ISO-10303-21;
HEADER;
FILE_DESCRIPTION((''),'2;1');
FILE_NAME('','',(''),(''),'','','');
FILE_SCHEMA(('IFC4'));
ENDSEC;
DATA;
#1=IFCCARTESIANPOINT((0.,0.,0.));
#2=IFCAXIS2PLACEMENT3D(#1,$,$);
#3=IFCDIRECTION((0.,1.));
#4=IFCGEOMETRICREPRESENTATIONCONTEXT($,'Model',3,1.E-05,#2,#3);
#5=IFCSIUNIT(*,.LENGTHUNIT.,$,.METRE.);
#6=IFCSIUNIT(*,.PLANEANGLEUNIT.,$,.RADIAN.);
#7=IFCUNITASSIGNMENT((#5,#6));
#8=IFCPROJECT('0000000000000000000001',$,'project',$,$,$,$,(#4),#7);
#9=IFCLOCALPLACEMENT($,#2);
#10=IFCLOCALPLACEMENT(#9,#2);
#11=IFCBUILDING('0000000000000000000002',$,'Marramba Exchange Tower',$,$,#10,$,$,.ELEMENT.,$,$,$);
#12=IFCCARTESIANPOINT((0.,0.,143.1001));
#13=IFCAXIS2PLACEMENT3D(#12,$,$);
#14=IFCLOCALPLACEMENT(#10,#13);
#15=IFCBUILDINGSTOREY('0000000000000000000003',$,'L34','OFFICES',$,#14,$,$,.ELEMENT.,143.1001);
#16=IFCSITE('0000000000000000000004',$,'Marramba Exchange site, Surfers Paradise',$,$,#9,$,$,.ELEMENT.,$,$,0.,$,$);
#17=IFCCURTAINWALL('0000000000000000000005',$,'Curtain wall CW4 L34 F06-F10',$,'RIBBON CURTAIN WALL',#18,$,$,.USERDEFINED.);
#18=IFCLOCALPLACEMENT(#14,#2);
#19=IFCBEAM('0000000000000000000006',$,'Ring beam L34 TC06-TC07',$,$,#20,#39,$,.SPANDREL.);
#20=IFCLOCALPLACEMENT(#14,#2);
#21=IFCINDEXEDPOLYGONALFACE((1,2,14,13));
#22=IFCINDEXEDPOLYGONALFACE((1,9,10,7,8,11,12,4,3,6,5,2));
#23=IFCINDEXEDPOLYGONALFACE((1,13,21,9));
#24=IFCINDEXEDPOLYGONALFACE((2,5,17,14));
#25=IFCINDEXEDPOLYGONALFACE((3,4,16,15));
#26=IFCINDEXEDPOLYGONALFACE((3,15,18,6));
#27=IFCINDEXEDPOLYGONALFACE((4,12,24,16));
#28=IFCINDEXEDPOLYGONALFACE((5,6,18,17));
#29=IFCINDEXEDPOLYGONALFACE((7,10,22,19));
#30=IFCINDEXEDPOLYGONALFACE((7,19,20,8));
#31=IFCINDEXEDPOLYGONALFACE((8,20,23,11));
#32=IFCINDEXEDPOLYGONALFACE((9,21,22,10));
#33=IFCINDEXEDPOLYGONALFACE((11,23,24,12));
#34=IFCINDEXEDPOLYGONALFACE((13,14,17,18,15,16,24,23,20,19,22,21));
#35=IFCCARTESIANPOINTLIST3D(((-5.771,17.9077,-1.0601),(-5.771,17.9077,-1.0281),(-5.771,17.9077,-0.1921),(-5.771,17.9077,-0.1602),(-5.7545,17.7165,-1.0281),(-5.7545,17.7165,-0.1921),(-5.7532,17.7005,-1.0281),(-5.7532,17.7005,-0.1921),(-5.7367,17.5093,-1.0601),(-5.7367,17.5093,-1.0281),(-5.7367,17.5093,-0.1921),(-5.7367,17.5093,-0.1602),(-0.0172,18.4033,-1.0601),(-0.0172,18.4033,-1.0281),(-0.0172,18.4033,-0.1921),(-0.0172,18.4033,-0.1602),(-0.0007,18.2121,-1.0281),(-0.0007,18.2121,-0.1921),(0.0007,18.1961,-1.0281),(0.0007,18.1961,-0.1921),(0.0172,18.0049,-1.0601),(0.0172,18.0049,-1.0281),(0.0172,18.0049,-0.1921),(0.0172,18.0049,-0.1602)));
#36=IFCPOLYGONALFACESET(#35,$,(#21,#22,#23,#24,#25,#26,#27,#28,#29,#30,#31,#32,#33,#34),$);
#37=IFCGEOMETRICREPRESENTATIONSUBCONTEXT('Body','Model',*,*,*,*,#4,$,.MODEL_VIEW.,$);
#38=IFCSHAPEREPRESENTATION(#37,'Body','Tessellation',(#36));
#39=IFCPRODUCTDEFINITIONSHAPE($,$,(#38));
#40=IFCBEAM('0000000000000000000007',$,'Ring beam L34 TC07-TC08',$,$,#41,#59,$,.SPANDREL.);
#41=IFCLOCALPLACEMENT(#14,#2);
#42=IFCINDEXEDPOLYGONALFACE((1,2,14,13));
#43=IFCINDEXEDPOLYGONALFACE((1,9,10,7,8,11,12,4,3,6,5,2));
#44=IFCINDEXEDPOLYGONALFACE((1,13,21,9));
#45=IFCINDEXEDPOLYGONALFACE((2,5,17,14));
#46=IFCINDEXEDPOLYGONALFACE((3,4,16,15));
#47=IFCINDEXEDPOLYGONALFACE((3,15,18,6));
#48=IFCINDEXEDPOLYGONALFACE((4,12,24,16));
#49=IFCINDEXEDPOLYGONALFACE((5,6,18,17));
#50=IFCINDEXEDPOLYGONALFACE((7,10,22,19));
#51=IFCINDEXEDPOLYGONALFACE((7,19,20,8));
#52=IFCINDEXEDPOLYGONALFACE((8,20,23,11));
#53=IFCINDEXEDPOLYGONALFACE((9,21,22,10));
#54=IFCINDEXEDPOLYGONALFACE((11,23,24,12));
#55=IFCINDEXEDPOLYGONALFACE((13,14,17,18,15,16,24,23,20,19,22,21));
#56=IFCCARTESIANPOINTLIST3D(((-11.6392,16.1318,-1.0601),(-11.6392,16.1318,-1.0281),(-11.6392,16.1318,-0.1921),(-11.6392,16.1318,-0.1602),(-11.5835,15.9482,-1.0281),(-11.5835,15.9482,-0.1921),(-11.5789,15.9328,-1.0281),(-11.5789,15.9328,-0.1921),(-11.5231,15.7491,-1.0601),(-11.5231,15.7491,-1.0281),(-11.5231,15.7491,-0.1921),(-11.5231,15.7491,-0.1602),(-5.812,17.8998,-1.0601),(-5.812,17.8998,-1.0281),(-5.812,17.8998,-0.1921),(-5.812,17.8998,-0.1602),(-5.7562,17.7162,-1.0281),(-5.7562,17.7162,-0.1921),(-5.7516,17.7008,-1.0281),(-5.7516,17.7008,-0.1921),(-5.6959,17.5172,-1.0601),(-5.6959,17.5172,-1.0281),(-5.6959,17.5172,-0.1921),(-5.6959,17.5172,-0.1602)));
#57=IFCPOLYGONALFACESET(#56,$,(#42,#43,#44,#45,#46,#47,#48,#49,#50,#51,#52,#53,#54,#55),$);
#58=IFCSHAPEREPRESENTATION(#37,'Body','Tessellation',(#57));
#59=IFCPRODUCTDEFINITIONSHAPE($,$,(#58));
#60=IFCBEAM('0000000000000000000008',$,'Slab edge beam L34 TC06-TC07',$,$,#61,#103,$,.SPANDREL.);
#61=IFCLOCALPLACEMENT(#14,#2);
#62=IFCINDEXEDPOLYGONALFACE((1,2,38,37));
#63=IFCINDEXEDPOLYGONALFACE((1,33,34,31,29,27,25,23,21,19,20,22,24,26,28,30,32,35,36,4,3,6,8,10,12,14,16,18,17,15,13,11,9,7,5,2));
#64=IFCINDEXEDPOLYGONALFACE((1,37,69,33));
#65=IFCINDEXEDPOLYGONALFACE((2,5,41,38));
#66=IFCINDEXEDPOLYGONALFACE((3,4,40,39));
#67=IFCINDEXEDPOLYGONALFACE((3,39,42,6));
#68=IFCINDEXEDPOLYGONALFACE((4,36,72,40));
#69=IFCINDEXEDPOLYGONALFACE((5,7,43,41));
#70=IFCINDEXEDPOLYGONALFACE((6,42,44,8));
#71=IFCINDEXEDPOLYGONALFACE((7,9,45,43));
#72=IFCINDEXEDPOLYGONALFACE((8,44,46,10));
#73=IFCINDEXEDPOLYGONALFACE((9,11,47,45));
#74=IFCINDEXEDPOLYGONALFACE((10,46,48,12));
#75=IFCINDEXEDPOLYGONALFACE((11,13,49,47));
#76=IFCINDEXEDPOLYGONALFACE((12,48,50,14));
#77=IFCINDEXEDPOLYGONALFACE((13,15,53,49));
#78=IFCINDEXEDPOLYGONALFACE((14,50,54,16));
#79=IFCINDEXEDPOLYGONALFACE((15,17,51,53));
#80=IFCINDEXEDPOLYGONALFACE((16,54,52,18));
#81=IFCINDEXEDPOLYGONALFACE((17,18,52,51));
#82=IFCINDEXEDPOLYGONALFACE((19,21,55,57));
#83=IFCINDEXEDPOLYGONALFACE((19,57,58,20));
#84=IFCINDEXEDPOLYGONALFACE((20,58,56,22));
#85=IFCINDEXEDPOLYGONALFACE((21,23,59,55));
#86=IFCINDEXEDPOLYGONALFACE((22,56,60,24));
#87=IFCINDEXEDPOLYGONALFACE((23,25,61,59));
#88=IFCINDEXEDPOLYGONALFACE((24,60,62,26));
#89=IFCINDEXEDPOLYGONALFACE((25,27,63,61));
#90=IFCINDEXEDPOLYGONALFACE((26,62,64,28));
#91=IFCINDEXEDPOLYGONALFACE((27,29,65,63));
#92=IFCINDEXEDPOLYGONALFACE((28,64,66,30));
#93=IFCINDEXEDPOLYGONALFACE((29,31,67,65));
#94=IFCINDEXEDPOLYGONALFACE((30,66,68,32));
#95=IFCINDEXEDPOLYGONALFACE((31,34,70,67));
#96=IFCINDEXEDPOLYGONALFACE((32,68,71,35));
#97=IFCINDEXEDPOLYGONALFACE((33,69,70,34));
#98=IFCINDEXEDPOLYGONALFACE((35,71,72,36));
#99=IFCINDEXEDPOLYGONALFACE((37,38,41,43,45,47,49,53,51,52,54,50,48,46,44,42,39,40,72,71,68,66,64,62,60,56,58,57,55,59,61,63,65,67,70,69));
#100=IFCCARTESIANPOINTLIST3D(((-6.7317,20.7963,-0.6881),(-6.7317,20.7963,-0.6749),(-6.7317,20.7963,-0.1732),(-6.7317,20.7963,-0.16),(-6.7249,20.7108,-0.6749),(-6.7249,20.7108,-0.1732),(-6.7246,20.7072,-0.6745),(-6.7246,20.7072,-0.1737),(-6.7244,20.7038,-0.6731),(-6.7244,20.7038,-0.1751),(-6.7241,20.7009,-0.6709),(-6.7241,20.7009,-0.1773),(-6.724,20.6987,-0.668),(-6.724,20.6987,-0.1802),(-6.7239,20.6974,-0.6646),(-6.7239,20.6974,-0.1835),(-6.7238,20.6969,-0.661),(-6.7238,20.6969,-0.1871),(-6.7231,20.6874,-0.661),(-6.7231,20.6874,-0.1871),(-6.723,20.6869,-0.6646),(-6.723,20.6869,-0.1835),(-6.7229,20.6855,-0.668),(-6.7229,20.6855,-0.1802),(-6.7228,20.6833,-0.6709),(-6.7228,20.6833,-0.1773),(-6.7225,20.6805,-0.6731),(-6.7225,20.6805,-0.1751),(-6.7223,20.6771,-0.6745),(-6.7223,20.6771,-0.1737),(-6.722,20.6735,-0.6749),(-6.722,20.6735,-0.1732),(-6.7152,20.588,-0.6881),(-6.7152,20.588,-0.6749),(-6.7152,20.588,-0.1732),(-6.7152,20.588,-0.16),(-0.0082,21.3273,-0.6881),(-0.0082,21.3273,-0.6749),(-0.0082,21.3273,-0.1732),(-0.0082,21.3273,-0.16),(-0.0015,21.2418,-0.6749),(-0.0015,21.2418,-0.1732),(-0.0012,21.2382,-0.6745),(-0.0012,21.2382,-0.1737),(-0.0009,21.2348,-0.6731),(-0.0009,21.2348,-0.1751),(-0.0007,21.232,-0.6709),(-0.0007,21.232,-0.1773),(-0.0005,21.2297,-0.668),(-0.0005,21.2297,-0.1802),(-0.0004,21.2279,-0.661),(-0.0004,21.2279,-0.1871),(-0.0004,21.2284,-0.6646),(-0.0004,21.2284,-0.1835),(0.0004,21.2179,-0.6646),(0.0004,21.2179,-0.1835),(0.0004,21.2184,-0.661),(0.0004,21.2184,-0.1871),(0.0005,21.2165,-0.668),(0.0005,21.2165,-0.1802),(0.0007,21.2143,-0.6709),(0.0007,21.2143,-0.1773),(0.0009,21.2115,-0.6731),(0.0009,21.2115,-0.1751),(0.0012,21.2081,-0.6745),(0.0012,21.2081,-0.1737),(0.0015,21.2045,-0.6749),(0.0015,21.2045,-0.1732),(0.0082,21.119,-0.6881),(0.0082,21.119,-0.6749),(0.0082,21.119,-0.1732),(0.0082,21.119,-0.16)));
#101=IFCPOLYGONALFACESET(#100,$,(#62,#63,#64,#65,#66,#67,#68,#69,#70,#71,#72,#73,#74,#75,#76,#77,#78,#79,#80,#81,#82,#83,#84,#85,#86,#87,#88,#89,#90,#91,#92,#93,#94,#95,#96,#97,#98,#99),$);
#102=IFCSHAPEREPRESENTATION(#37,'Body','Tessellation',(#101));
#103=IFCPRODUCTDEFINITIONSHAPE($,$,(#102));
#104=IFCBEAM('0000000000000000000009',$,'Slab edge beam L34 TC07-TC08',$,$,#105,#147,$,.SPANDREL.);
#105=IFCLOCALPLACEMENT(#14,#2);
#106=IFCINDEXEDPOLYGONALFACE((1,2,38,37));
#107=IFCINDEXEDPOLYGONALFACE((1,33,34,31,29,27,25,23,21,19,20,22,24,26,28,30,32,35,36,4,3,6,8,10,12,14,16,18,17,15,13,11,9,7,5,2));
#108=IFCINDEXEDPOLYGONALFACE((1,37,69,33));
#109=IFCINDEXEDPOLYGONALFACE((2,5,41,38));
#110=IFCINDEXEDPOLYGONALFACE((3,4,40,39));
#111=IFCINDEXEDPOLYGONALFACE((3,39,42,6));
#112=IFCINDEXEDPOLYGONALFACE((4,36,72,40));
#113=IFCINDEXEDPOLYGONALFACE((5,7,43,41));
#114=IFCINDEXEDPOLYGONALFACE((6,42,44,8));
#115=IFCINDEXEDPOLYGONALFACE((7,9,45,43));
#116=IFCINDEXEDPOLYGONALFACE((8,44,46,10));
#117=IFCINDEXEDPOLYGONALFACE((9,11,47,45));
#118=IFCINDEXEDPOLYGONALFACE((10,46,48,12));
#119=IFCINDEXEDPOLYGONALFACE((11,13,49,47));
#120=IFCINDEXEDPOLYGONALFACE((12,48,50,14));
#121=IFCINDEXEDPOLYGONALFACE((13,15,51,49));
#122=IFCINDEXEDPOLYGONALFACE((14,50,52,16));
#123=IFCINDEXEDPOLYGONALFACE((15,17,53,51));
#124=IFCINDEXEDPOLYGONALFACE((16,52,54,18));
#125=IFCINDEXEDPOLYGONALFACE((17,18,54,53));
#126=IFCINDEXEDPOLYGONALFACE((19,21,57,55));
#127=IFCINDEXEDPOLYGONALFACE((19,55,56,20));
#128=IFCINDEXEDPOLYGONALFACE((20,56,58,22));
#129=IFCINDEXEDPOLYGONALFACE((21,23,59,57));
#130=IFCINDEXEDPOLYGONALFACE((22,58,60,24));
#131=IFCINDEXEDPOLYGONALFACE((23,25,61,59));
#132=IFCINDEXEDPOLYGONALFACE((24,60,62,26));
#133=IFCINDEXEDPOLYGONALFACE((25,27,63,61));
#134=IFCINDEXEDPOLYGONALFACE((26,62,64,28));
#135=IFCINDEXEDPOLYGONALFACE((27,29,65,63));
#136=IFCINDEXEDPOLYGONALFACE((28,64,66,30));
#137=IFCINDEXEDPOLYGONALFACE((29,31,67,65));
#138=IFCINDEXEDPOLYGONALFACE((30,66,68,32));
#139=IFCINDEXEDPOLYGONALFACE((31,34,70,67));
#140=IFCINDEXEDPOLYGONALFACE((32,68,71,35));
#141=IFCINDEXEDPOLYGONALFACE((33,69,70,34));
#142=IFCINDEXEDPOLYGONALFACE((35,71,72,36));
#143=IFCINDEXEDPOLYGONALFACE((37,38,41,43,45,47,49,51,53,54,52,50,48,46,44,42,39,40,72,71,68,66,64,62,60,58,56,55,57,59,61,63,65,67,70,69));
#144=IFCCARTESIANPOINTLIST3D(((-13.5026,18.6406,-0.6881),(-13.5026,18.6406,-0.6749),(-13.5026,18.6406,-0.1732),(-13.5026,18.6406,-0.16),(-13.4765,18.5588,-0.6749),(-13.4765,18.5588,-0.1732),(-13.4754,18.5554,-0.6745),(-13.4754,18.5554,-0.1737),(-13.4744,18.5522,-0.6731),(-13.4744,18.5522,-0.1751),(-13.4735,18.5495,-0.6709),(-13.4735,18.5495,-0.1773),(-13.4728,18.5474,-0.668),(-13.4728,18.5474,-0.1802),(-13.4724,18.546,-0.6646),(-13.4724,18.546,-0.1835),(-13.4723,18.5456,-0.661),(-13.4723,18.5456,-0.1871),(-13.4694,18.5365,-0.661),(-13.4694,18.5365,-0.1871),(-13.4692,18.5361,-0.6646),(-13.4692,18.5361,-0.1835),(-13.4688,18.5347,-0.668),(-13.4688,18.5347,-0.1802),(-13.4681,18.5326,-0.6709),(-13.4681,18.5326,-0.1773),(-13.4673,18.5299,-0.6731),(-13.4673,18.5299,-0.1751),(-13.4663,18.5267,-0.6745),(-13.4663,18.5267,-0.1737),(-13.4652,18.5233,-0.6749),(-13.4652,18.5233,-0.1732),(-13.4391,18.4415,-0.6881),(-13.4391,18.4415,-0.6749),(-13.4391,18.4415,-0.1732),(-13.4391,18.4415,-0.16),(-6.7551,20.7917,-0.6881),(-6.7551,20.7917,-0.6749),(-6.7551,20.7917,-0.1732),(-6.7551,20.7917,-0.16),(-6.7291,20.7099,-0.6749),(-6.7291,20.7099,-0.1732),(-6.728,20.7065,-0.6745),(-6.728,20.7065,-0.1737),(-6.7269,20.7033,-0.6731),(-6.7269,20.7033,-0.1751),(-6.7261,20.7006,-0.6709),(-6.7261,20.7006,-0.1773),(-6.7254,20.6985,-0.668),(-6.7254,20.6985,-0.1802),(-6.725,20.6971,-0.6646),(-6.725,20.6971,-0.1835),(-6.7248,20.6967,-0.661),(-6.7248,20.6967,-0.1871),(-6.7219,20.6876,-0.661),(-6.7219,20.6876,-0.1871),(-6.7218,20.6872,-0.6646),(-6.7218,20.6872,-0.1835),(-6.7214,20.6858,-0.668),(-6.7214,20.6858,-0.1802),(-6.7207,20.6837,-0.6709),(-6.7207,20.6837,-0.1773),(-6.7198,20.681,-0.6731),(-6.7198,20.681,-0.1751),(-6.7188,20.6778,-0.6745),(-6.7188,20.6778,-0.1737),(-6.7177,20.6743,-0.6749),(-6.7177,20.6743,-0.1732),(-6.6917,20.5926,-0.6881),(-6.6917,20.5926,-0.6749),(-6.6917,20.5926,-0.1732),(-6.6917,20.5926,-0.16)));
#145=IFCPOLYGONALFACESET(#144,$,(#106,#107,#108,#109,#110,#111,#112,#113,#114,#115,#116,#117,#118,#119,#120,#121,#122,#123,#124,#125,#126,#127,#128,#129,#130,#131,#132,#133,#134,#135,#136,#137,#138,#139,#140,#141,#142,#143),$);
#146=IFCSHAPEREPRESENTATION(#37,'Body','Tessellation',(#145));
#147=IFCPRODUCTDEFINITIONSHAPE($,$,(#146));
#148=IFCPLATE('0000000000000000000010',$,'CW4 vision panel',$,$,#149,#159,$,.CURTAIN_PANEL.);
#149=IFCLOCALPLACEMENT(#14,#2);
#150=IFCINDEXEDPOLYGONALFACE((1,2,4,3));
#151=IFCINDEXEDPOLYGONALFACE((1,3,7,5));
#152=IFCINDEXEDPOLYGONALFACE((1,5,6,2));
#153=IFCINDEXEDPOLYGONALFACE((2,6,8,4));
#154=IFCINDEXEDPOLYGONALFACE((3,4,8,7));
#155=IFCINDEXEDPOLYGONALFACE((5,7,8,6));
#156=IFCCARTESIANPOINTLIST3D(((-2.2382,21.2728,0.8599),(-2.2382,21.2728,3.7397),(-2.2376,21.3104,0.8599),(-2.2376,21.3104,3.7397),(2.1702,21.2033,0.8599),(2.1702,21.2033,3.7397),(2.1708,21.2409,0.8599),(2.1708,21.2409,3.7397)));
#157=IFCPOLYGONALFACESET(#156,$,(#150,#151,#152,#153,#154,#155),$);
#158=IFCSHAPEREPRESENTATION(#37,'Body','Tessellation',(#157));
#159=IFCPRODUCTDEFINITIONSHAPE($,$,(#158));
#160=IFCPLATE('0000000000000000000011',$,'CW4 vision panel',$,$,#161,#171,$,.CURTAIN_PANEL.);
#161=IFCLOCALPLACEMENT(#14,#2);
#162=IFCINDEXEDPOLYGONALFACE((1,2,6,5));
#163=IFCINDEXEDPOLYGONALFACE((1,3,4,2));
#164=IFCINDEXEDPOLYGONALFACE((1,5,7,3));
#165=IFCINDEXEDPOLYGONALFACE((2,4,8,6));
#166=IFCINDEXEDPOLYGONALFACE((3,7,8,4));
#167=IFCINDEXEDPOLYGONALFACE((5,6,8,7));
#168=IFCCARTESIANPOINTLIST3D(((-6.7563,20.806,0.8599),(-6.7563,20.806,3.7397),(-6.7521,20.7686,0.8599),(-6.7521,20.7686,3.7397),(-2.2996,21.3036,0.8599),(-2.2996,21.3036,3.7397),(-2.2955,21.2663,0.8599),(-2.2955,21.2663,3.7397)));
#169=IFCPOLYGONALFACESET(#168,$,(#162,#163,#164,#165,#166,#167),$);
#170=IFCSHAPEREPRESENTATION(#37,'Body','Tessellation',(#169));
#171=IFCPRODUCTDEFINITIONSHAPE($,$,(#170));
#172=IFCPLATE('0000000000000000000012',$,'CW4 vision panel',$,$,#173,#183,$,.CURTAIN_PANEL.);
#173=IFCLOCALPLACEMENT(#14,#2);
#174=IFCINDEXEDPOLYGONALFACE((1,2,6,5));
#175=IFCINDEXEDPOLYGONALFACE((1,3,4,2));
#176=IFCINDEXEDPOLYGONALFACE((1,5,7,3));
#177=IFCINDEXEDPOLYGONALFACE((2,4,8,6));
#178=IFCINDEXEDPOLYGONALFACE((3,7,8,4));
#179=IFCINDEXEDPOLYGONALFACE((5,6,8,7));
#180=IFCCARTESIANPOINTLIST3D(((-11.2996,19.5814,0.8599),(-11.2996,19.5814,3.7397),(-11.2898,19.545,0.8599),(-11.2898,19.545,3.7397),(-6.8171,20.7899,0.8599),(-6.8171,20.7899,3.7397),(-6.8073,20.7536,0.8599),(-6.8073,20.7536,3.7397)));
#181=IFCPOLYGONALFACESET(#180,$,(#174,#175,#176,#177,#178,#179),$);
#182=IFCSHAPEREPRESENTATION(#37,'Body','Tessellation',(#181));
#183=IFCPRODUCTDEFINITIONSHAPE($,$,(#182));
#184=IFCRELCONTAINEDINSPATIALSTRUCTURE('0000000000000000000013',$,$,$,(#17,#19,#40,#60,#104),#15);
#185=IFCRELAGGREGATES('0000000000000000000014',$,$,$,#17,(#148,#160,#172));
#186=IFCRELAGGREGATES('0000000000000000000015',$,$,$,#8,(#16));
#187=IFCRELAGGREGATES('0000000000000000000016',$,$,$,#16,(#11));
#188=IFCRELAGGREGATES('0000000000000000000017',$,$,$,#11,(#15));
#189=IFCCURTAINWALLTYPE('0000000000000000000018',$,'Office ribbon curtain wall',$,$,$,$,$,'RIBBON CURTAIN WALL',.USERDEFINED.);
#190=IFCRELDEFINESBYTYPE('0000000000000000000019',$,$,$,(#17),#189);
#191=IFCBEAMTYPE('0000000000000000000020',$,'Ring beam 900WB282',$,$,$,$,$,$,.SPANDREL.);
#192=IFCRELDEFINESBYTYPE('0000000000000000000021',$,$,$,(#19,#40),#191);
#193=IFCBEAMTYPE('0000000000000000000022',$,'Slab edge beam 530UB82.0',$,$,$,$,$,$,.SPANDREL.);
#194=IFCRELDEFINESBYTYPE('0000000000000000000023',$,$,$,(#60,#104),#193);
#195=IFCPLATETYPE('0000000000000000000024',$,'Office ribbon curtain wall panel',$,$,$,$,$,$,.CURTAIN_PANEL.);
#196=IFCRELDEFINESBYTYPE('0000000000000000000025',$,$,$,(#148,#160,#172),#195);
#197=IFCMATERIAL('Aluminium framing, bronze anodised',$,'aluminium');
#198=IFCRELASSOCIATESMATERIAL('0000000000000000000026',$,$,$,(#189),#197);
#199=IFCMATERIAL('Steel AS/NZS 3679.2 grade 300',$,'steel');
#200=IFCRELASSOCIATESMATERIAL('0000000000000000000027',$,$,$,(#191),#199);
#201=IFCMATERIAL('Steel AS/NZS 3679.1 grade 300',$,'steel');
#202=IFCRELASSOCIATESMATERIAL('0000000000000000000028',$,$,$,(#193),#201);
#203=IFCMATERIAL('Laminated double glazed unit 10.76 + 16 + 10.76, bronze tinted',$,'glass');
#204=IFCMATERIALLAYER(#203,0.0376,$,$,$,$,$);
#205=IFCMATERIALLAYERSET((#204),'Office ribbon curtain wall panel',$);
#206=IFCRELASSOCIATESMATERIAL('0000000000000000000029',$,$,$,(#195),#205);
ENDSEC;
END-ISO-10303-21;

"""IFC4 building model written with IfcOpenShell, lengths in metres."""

from ifc_helpers import new_model, si_unit, direction, frame, origin, origin_2d, place, context, subcontext, project, spatial, rectangle, i_section, extrude, material, layer, layer_set, material_profile, profile_set, type_object, element, aggregate, save


model = new_model("IFC4")

# Units and contexts
model_context = context("Model", 3, precision=1e-05, world=origin(), true_north=direction((0.0, 1.0)))
body_context = subcontext(model_context, "Body", "Model", "MODEL_VIEW")
ifc_project = project(units=[si_unit("LENGTHUNIT", "METRE"), si_unit("PLANEANGLEUNIT", "RADIAN")], contexts=[model_context])

# Site, building, storey
site_placement = place(None, origin())
site = spatial("IfcSite", under=ifc_project, at=site_placement, Name="Marramba Exchange site, Surfers Paradise", CompositionType="ELEMENT", RefElevation=0.0)
building_placement = place(site_placement, origin())
building = spatial("IfcBuilding", under=site, at=building_placement, Name="Marramba Exchange Tower", CompositionType="ELEMENT")
storey_placement = place(building_placement, frame((0.0, 0.0, 143.1001)))
storey = spatial("IfcBuildingStorey", under=building, at=storey_placement, Name="L34", Description="OFFICES", CompositionType="ELEMENT", Elevation=143.1001)

# Shared definitions
ifc_material_1 = material(Name="Steel AS/NZS 3679.2 grade 300", Category="steel")

# Curtain wall
ifc_material_2 = material(Name="Aluminium framing, bronze anodised", Category="aluminium")
curtain_wall_type = type_object("IfcCurtainWallType", Name="Office ribbon curtain wall", ElementType="RIBBON CURTAIN WALL", PredefinedType="USERDEFINED", material=ifc_material_2)
curtain_wall_1_placement = place(storey_placement, origin())
curtain_wall_1 = element("IfcCurtainWall", 1, at=curtain_wall_1_placement, inside=storey, type_object=curtain_wall_type, Name="Curtain wall CW4 L34 F06-F10", ObjectType="RIBBON CURTAIN WALL", PredefinedType="USERDEFINED")

# Beams
ifc_material_profile_1 = material_profile(ifc_material_1, i_section(OverallWidth=0.3999, OverallDepth=0.8999, WebThickness=0.0161, FlangeThickness=0.032, at=origin_2d()), Name="900WB282")
ifc_profile_set_1 = profile_set([ifc_material_profile_1], Name="Steel AS/NZS 3679.2 grade 300")
beam_type_1 = type_object("IfcBeamType", Name="Ring beam 900WB282", PredefinedType="SPANDREL", material=ifc_profile_set_1)
beam_1_placement = place(storey_placement, frame((0.0, 18.2041, -0.6101), z_axis=(-0.996311, -0.085816, 0.0), x_axis=(0.085816, -0.996311, 0.0)))
element("IfcBeam", 2, at=beam_1_placement, inside=storey, type_object=beam_type_1, Name="Ring beam L34 TC06-TC07", PredefinedType="SPANDREL", context=body_context, shape_type="SweptSolid", body=[
    extrude(i_section(OverallWidth=0.3999, OverallDepth=0.8999, WebThickness=0.0161, FlangeThickness=0.032, at=origin_2d()), origin(), (0.0, 0.0, 1.0), 5.7751),
])
beam_2_placement = place(storey_placement, frame((-5.7539, 17.7085, -0.6101), z_axis=(-0.956925, -0.290337, 0.0), x_axis=(0.290337, -0.956925, 0.0)))
element("IfcBeam", 3, at=beam_2_placement, inside=storey, type_object=beam_type_1, Name="Ring beam L34 TC07-TC08", PredefinedType="SPANDREL", context=body_context, shape_type="SweptSolid", body=[
    extrude(i_section(OverallWidth=0.3999, OverallDepth=0.8999, WebThickness=0.0161, FlangeThickness=0.032, at=origin_2d()), origin(), (0.0, 0.0, 1.0), 6.0896),
])
ifc_material_3 = material(Name="Steel AS/NZS 3679.1 grade 300", Category="steel")
ifc_material_profile_2 = material_profile(ifc_material_3, i_section(OverallWidth=0.209, OverallDepth=0.5281, WebThickness=0.0095, FlangeThickness=0.0132, FilletRadius=0.0139, at=origin_2d()), Name="530UB82.0")
ifc_profile_set_2 = profile_set([ifc_material_profile_2], Name="Steel AS/NZS 3679.1 grade 300")
beam_type_2 = type_object("IfcBeamType", Name="Slab edge beam 530UB82.0", PredefinedType="SPANDREL", material=ifc_profile_set_2)
beam_3_placement = place(storey_placement, frame((0.0, 21.2231, -0.4241), z_axis=(-0.996896, -0.078734, 0.0), x_axis=(0.078734, -0.996896, 0.0)))
element("IfcBeam", 4, at=beam_3_placement, inside=storey, type_object=beam_type_2, Name="Slab edge beam L34 TC06-TC07", PredefinedType="SPANDREL", context=body_context, shape_type="SweptSolid", body=[
    extrude(i_section(OverallWidth=0.209, OverallDepth=0.5281, WebThickness=0.0095, FlangeThickness=0.0132, FilletRadius=0.0139, at=origin_2d()), origin(), (0.0, 0.0, 1.0), 6.7444),
])
beam_4_placement = place(storey_placement, frame((-6.7234, 20.6921, -0.4241), z_axis=(-0.952755, -0.303739, 0.0), x_axis=(0.303739, -0.952755, 0.0)))
element("IfcBeam", 5, at=beam_4_placement, inside=storey, type_object=beam_type_2, Name="Slab edge beam L34 TC07-TC08", PredefinedType="SPANDREL", context=body_context, shape_type="SweptSolid", body=[
    extrude(i_section(OverallWidth=0.209, OverallDepth=0.5281, WebThickness=0.0095, FlangeThickness=0.0132, FilletRadius=0.0139, at=origin_2d()), origin(), (0.0, 0.0, 1.0), 7.082),
])

# Plates
ifc_material_4 = material(Name="Laminated double glazed unit 10.76 + 16 + 10.76, bronze tinted", Category="glass")
ifc_layer_1 = layer(ifc_material_4, 0.0376)
ifc_layer_set_1 = layer_set([ifc_layer_1], Name="Office ribbon curtain wall panel")
plate_type = type_object("IfcPlateType", Name="Office ribbon curtain wall panel", PredefinedType="CURTAIN_PANEL", material=ifc_layer_set_1)
plate_1_placement = place(storey_placement, frame((-0.0337, 21.2568, 0.8599), z_axis=(0.0, 0.0, 1.0), x_axis=(-0.999876, 0.015756, 0.0)))
plate_1 = element("IfcPlate", 6, at=plate_1_placement, type_object=plate_type, Name="CW4 vision panel", PredefinedType="CURTAIN_PANEL", context=body_context, shape_type="SweptSolid", body=[
    extrude(rectangle(XDim=4.4089, YDim=0.0376, at=origin_2d()), origin(), (0.0, 0.0, 1.0), 2.8799),
])
plate_2_placement = place(storey_placement, frame((-4.5259, 21.0361, 0.8599), z_axis=(0.0, 0.0, 1.0), x_axis=(-0.993823, -0.110973, 0.0)))
plate_2 = element("IfcPlate", 7, at=plate_2_placement, type_object=plate_type, Name="CW4 vision panel", PredefinedType="CURTAIN_PANEL", context=body_context, shape_type="SweptSolid", body=[
    extrude(rectangle(XDim=4.4844, YDim=0.0376, at=origin_2d()), origin(), (0.0, 0.0, 1.0), 2.8799),
])
plate_3_placement = place(storey_placement, frame((-9.0535, 20.1675, 0.8599), z_axis=(0.0, 0.0, 1.0), x_axis=(-0.965522, -0.260321, 0.0)))
plate_3 = element("IfcPlate", 8, at=plate_3_placement, type_object=plate_type, Name="CW4 vision panel", PredefinedType="CURTAIN_PANEL", context=body_context, shape_type="SweptSolid", body=[
    extrude(rectangle(XDim=4.6426, YDim=0.0376, at=origin_2d()), origin(), (0.0, 0.0, 1.0), 2.8799),
])
aggregate(curtain_wall_1, [plate_1, plate_2, plate_3])

save(model, "model.ifc")
